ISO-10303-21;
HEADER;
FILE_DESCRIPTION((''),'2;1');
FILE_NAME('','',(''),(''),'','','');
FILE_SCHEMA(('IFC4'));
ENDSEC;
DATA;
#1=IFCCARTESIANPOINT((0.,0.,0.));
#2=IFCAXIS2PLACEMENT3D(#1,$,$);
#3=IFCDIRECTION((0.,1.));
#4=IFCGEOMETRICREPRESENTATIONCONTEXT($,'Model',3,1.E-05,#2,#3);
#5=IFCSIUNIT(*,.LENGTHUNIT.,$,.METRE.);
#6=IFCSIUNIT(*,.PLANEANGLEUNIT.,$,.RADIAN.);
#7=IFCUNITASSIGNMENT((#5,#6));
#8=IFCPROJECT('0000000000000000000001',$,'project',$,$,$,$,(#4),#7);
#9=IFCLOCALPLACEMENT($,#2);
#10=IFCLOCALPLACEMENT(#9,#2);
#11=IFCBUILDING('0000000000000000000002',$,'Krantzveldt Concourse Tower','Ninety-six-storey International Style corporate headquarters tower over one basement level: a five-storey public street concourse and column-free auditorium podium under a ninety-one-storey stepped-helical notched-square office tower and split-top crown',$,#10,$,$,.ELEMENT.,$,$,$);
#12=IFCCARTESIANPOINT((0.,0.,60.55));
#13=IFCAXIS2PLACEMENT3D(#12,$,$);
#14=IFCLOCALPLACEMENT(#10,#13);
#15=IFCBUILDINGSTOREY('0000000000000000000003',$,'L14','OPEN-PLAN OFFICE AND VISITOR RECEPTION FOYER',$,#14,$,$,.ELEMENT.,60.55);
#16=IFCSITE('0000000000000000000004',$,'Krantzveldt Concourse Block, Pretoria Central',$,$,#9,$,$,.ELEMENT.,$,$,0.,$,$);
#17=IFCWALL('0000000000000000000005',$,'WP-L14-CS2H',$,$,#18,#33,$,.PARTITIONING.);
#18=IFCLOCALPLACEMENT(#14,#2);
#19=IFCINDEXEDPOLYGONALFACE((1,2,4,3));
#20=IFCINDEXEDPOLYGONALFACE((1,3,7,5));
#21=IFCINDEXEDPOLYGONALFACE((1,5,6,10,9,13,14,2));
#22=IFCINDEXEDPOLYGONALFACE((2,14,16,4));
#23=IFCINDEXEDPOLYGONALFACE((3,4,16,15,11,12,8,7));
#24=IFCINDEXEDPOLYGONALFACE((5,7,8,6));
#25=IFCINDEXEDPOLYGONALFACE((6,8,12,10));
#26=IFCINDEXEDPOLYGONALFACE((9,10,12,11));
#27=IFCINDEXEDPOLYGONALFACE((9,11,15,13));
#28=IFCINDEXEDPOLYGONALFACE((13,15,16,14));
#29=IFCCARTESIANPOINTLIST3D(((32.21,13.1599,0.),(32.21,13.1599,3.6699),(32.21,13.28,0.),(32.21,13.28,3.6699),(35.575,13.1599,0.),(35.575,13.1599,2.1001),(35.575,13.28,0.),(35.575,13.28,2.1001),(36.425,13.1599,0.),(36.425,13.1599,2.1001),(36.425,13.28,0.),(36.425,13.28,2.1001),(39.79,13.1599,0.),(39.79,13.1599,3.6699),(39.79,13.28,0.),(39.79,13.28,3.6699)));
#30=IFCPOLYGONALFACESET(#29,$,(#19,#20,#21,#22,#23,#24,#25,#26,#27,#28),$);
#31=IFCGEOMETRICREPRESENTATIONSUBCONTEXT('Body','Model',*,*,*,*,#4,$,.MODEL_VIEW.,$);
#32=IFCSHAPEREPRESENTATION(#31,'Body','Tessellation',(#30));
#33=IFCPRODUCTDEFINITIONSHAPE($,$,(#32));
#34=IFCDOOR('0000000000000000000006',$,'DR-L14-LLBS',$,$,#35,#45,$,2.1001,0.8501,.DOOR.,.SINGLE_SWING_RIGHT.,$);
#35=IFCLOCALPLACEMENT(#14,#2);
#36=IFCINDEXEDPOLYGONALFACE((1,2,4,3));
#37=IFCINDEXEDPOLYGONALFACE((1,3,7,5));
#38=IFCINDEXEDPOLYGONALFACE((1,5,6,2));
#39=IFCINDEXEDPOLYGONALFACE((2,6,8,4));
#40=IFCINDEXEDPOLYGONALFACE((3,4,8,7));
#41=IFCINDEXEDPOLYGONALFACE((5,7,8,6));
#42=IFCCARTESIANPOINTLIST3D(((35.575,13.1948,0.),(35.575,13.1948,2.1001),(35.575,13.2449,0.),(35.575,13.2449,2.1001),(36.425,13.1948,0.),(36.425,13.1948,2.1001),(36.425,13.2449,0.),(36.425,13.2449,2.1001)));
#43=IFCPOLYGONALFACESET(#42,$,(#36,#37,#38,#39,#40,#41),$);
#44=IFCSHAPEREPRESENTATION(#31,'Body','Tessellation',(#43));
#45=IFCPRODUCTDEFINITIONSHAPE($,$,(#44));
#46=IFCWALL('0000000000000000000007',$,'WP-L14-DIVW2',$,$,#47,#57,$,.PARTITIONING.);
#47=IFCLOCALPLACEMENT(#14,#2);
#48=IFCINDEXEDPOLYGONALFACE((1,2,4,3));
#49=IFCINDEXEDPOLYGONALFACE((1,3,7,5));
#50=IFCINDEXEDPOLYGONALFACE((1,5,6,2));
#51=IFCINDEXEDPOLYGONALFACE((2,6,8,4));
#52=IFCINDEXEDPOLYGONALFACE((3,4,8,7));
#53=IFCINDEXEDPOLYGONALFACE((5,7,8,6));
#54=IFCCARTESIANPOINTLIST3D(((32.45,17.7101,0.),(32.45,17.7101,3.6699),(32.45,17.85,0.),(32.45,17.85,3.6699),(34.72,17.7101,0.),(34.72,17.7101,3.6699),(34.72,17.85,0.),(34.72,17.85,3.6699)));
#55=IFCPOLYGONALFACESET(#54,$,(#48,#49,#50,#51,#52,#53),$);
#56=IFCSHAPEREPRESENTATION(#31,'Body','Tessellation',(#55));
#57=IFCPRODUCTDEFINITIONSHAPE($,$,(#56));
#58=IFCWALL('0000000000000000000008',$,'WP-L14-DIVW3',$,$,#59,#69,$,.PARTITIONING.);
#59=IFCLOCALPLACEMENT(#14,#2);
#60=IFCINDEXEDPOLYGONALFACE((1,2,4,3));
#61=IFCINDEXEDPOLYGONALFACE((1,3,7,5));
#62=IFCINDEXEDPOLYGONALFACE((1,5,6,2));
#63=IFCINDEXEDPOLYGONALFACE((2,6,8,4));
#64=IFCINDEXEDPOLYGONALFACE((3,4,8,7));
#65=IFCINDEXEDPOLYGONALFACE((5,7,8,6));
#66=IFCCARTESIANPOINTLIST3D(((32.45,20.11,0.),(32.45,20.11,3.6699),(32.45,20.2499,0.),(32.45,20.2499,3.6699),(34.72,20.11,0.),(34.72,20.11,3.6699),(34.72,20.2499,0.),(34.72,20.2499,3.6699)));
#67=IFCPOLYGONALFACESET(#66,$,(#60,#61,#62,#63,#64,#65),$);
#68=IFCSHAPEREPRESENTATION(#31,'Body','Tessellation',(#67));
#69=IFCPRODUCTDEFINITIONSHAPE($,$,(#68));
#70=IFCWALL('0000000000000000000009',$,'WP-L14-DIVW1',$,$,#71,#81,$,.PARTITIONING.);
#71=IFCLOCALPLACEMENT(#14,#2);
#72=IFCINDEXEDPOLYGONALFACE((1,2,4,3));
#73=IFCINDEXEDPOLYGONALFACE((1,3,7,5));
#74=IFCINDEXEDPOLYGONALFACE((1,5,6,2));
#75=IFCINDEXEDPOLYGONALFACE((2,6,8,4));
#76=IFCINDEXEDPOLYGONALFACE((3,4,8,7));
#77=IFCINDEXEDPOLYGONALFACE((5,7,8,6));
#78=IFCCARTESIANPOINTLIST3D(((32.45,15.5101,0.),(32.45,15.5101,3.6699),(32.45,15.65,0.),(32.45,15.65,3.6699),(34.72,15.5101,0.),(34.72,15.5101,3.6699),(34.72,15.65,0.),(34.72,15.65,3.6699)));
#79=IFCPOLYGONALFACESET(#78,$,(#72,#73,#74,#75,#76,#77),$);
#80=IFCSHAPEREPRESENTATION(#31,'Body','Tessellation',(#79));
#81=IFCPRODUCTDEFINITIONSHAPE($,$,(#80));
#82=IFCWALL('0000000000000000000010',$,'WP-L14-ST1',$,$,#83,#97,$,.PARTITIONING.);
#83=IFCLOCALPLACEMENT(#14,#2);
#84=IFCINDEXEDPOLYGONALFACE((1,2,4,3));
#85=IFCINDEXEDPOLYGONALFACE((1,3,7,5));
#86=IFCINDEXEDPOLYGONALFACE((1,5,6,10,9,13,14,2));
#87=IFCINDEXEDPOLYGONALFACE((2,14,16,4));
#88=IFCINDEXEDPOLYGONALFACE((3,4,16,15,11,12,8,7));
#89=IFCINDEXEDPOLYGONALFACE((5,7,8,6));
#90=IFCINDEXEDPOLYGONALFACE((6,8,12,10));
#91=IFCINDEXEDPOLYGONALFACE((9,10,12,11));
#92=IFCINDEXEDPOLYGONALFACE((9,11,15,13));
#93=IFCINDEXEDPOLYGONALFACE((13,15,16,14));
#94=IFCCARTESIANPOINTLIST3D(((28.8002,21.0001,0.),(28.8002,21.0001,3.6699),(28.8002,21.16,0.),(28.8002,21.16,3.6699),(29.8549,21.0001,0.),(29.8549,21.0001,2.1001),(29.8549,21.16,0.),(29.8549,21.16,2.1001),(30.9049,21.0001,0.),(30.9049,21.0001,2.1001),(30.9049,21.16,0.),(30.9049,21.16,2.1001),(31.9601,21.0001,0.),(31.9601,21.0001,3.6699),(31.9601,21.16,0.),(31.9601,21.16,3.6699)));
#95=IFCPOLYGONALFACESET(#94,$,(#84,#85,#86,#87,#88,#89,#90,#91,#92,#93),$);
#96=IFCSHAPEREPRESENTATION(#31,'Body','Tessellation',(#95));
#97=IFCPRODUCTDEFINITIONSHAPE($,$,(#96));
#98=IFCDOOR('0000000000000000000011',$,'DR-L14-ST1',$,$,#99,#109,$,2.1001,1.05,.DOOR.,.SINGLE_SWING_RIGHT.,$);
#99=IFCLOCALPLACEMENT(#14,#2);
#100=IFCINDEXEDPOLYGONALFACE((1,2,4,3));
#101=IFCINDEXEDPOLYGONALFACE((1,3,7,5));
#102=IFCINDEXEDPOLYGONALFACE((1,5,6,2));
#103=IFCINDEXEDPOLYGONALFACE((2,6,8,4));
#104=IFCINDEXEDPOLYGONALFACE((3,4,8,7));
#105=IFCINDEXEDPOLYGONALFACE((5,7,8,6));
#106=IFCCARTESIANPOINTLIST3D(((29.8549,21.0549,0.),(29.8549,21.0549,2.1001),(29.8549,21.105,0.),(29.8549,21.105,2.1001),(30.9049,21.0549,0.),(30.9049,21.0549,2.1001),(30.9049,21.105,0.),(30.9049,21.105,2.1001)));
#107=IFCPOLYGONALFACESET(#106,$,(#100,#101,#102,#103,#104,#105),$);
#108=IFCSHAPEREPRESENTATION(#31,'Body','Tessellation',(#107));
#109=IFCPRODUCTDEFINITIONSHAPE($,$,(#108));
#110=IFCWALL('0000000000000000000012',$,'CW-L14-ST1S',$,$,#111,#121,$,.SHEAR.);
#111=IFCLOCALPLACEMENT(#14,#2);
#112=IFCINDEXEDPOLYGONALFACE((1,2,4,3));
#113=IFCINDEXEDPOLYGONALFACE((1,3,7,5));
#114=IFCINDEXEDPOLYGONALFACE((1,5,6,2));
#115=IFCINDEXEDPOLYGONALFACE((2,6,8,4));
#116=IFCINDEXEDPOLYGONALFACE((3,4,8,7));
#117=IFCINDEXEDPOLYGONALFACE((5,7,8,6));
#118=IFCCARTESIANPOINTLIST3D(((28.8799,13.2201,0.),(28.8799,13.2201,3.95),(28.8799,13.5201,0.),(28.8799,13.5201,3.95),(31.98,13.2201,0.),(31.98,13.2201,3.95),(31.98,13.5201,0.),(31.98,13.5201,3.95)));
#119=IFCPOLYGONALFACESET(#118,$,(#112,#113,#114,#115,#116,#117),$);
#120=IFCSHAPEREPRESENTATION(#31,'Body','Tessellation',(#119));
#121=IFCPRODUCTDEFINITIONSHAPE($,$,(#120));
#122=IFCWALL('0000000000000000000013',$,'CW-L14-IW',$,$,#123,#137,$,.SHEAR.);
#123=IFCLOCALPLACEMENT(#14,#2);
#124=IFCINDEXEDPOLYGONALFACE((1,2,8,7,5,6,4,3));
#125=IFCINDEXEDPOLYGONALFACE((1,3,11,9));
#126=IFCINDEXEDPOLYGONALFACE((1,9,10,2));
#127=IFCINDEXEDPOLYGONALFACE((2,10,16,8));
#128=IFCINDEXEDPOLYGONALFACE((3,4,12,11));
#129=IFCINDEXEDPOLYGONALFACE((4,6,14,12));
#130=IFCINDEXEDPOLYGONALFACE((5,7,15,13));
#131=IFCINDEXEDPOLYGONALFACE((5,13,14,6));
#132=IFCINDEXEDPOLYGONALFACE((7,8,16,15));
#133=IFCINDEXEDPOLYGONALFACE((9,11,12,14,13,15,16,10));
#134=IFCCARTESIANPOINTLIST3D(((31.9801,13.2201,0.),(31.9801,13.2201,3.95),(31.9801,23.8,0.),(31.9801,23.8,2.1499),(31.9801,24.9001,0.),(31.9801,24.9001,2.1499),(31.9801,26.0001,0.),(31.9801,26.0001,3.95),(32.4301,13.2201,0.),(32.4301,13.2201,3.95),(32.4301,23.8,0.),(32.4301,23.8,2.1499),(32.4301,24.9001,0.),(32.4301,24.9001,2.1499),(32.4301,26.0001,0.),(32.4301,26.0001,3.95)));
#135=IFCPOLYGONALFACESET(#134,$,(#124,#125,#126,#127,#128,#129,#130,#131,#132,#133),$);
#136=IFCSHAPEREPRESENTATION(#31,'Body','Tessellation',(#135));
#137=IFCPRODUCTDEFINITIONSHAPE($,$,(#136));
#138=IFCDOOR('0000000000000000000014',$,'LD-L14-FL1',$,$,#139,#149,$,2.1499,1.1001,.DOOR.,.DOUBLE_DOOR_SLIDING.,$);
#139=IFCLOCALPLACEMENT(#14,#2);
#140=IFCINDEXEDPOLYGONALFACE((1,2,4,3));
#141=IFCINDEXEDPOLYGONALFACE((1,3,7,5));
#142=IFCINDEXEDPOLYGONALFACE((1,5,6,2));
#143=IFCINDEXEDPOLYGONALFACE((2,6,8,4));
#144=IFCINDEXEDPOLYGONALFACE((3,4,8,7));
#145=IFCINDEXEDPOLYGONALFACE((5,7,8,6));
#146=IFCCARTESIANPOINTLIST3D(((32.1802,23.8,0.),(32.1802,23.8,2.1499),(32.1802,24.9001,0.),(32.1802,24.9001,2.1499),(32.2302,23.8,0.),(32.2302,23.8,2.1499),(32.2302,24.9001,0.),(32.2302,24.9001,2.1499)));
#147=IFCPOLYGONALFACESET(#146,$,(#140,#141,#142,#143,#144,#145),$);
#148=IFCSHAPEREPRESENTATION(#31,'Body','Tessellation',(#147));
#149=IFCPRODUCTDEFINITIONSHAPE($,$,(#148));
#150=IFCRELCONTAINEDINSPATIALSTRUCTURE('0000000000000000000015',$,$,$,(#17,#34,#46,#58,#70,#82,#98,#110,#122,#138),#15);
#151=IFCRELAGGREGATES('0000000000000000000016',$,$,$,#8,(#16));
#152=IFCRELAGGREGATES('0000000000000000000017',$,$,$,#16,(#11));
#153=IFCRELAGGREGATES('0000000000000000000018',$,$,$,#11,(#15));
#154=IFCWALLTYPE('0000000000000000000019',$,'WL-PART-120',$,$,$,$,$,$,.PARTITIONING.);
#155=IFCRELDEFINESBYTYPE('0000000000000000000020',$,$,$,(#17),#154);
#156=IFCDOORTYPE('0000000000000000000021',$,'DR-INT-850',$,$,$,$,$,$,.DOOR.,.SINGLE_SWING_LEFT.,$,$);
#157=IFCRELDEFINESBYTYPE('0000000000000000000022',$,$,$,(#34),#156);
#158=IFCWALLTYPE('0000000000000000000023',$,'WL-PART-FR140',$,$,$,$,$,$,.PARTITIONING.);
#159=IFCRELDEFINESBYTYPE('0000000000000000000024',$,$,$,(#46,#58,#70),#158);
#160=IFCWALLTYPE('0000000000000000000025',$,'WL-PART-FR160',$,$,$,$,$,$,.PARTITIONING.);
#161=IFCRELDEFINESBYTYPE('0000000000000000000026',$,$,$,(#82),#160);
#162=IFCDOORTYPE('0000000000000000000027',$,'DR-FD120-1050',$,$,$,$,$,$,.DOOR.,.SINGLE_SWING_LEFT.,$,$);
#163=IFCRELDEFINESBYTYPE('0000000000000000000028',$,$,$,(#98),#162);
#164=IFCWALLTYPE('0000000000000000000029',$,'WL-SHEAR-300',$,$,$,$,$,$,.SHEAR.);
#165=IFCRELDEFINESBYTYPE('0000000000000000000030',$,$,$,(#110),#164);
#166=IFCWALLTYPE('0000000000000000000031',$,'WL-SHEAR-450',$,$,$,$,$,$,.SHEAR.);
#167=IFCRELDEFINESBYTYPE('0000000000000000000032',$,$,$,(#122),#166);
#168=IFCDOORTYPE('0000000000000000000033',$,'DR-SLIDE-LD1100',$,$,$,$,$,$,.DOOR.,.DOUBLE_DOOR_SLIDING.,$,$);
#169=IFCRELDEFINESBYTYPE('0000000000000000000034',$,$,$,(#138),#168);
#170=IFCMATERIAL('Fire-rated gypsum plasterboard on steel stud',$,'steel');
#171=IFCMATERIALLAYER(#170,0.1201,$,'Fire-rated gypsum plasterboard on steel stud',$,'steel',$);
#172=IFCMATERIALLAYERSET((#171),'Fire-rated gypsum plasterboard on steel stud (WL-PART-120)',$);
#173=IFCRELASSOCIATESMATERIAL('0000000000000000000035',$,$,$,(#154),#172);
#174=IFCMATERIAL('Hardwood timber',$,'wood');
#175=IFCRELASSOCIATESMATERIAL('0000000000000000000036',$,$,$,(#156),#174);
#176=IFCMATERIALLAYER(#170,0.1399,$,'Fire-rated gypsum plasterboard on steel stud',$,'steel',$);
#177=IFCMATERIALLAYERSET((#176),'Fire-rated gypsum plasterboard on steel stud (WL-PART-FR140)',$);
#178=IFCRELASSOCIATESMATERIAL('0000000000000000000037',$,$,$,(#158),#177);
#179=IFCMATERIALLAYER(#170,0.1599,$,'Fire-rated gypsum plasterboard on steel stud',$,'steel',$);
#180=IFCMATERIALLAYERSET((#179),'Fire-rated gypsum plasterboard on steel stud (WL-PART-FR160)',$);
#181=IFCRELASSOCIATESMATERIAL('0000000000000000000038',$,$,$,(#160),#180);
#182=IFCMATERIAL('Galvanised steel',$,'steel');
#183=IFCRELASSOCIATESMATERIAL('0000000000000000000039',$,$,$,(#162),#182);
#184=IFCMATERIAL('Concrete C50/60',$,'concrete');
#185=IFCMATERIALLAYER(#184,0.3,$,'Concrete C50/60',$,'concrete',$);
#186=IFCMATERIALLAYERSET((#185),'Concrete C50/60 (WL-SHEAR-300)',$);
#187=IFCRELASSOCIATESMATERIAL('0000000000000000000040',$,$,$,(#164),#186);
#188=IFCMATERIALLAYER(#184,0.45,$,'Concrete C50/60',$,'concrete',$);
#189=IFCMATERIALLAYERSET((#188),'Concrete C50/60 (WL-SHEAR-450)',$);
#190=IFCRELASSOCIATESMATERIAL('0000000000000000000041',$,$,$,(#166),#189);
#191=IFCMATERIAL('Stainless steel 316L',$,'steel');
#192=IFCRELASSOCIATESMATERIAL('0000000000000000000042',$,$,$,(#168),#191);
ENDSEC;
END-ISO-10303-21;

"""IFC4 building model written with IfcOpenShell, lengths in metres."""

from ifc_helpers import new_model, si_unit, direction, frame, frame_2d, origin, place, context, subcontext, project, spatial, rectangle, extrude, material, layer, layer_set, type_object, element, fill, save


model = new_model("IFC4")

# Units and contexts
model_context = context("Model", 3, precision=1e-05, world=origin(), true_north=direction((0.0, 1.0)))
body_context = subcontext(model_context, "Body", "Model", "MODEL_VIEW")
ifc_project = project(units=[si_unit("LENGTHUNIT", "METRE"), si_unit("PLANEANGLEUNIT", "RADIAN")], contexts=[model_context])

# Site, building, storey
site_placement = place(None, origin())
site = spatial("IfcSite", under=ifc_project, at=site_placement, Name="Krantzveldt Concourse Block, Pretoria Central", CompositionType="ELEMENT", RefElevation=0.0)
building_placement = place(site_placement, origin())
building = spatial("IfcBuilding", under=site, at=building_placement, Name="Krantzveldt Concourse Tower", Description="Ninety-six-storey International Style corporate headquarters tower over one basement level: a five-storey public street concourse and column-free auditorium podium under a ninety-one-storey stepped-helical notched-square office tower and split-top crown", CompositionType="ELEMENT")
storey_placement = place(building_placement, frame((0.0, 0.0, 60.55)))
storey = spatial("IfcBuildingStorey", under=building, at=storey_placement, Name="L14", Description="OPEN-PLAN OFFICE AND VISITOR RECEPTION FOYER", CompositionType="ELEMENT", Elevation=60.55)

# Wall, opening, door
ifc_material_1 = material(Name="Fire-rated gypsum plasterboard on steel stud", Category="steel")
ifc_layer_1 = layer(ifc_material_1, 0.1201, Name="Fire-rated gypsum plasterboard on steel stud", Category="steel")
ifc_layer_set_1 = layer_set([ifc_layer_1], Name="Fire-rated gypsum plasterboard on steel stud (WL-PART-120)")
wall_type_1 = type_object("IfcWallType", Name="WL-PART-120", PredefinedType="PARTITIONING", material=ifc_layer_set_1)
wall_1_placement = place(storey_placement, frame((32.21, 13.22, 0.0), z_axis=(0.0, 0.0, 1.0), x_axis=(1.0, 0.0, 0.0)))
wall_1 = element("IfcWall", 1, at=wall_1_placement, inside=storey, type_object=wall_type_1, Name="WP-L14-CS2H", PredefinedType="PARTITIONING", context=body_context, shape_type="SweptSolid", body=[
    extrude(rectangle(XDim=7.5801, YDim=0.1201, at=frame_2d((3.79, 0.0))), origin(), (0.0, 0.0, 1.0), 3.6699),
])
opening_1_placement = place(wall_1_placement, frame((3.365, 0.0, 0.0)))
opening_1 = element("IfcOpeningElement", 2, at=opening_1_placement, cuts=wall_1, PredefinedType="OPENING", context=body_context, shape_type="SweptSolid", body=[
    extrude(rectangle(XDim=0.8501, YDim=2.1001, at=frame_2d((0.425, 1.05))), frame((0.0, 0.0701, 0.0), z_axis=(0.0, -1.0, 0.0), x_axis=(1.0, 0.0, 0.0)), (0.0, 0.0, 1.0), 0.1401),
])
ifc_material_2 = material(Name="Hardwood timber", Category="wood")
door_type_1 = type_object("IfcDoorType", Name="DR-INT-850", OperationType="SINGLE_SWING_LEFT", PredefinedType="DOOR", material=ifc_material_2)
door_1_placement = place(opening_1_placement, origin())
door_1 = element("IfcDoor", 3, at=door_1_placement, inside=storey, type_object=door_type_1, Name="DR-L14-LLBS", OperationType="SINGLE_SWING_RIGHT", OverallHeight=2.1001, OverallWidth=0.8501, PredefinedType="DOOR", context=body_context, shape_type="SweptSolid", body=[
    extrude(rectangle(XDim=0.8501, YDim=2.1001, at=frame_2d((0.425, 1.05))), frame((0.0, 0.0249, 0.0), z_axis=(0.0, -1.0, 0.0), x_axis=(1.0, 0.0, 0.0)), (0.0, 0.0, 1.0), 0.05),
])
fill(opening_1, door_1)

# Walls
ifc_layer_2 = layer(ifc_material_1, 0.1399, Name="Fire-rated gypsum plasterboard on steel stud", Category="steel")
ifc_layer_set_2 = layer_set([ifc_layer_2], Name="Fire-rated gypsum plasterboard on steel stud (WL-PART-FR140)")
wall_type_2 = type_object("IfcWallType", Name="WL-PART-FR140", PredefinedType="PARTITIONING", material=ifc_layer_set_2)
for number, where, z_axis, x_axis, name in (
    (4, (32.45, 17.78, 0.0), (0.0, 0.0, 1.0), (1.0, 0.0, 0.0), "WP-L14-DIVW2"),
    (5, (32.45, 20.1799, 0.0), (0.0, 0.0, 1.0), (1.0, 0.0, 0.0), "WP-L14-DIVW3"),
    (6, (32.45, 15.5801, 0.0), (0.0, 0.0, 1.0), (1.0, 0.0, 0.0), "WP-L14-DIVW1"),
):
    element("IfcWall", number, at=place(storey_placement, frame(where, z_axis=z_axis, x_axis=x_axis)), inside=storey, type_object=wall_type_2, Name=name, PredefinedType="PARTITIONING", context=body_context, shape_type="SweptSolid", body=[
        extrude(rectangle(XDim=2.27, YDim=0.1399, at=frame_2d((1.135, 0.0))), origin(), (0.0, 0.0, 1.0), 3.6699),
    ])

# Wall, opening, door
ifc_layer_3 = layer(ifc_material_1, 0.1599, Name="Fire-rated gypsum plasterboard on steel stud", Category="steel")
ifc_layer_set_3 = layer_set([ifc_layer_3], Name="Fire-rated gypsum plasterboard on steel stud (WL-PART-FR160)")
wall_type_3 = type_object("IfcWallType", Name="WL-PART-FR160", PredefinedType="PARTITIONING", material=ifc_layer_set_3)
wall_2_placement = place(storey_placement, frame((28.8, 21.0801, 0.0), z_axis=(0.0, 0.0, 1.0), x_axis=(1.0, 0.0, 0.0)))
wall_2 = element("IfcWall", 7, at=wall_2_placement, inside=storey, type_object=wall_type_3, Name="WP-L14-ST1", PredefinedType="PARTITIONING", context=body_context, shape_type="SweptSolid", body=[
    extrude(rectangle(XDim=3.1599, YDim=0.1599, at=frame_2d((1.5801, 0.0))), origin(), (0.0, 0.0, 1.0), 3.6699),
])
opening_2_placement = place(wall_2_placement, frame((1.0549, 0.0, 0.0)))
opening_2 = element("IfcOpeningElement", 8, at=opening_2_placement, cuts=wall_2, PredefinedType="OPENING", context=body_context, shape_type="SweptSolid", body=[
    extrude(rectangle(XDim=1.05, YDim=2.1001, at=frame_2d((0.5249, 1.05))), frame((0.0, 0.0898, 0.0), z_axis=(0.0, -1.0, 0.0), x_axis=(1.0, 0.0, 0.0)), (0.0, 0.0, 1.0), 0.1799),
])
ifc_material_3 = material(Name="Galvanised steel", Category="steel")
door_type_2 = type_object("IfcDoorType", Name="DR-FD120-1050", OperationType="SINGLE_SWING_LEFT", PredefinedType="DOOR", material=ifc_material_3)
door_2_placement = place(opening_2_placement, origin())
door_2 = element("IfcDoor", 9, at=door_2_placement, inside=storey, type_object=door_type_2, Name="DR-L14-ST1", OperationType="SINGLE_SWING_RIGHT", OverallHeight=2.1001, OverallWidth=1.05, PredefinedType="DOOR", context=body_context, shape_type="SweptSolid", body=[
    extrude(rectangle(XDim=1.05, YDim=2.1001, at=frame_2d((0.5249, 1.05))), frame((0.0, 0.0249, 0.0), z_axis=(0.0, -1.0, 0.0), x_axis=(1.0, 0.0, 0.0)), (0.0, 0.0, 1.0), 0.05),
])
fill(opening_2, door_2)

# Wall
ifc_material_4 = material(Name="Concrete C50/60", Category="concrete")
ifc_layer_4 = layer(ifc_material_4, 0.3, Name="Concrete C50/60", Category="concrete")
ifc_layer_set_4 = layer_set([ifc_layer_4], Name="Concrete C50/60 (WL-SHEAR-300)")
wall_type_4 = type_object("IfcWallType", Name="WL-SHEAR-300", PredefinedType="SHEAR", material=ifc_layer_set_4)
wall_3_placement = place(storey_placement, frame((28.8799, 13.3701, 0.0), z_axis=(0.0, 0.0, 1.0), x_axis=(1.0, 0.0, 0.0)))
element("IfcWall", 10, at=wall_3_placement, inside=storey, type_object=wall_type_4, Name="CW-L14-ST1S", PredefinedType="SHEAR", context=body_context, shape_type="SweptSolid", body=[
    extrude(rectangle(XDim=3.1001, YDim=0.3, at=frame_2d((1.55, 0.0))), origin(), (0.0, 0.0, 1.0), 3.95),
])

# Wall, opening, door
ifc_layer_5 = layer(ifc_material_4, 0.45, Name="Concrete C50/60", Category="concrete")
ifc_layer_set_5 = layer_set([ifc_layer_5], Name="Concrete C50/60 (WL-SHEAR-450)")
wall_type_5 = type_object("IfcWallType", Name="WL-SHEAR-450", PredefinedType="SHEAR", material=ifc_layer_set_5)
wall_4_placement = place(storey_placement, frame((32.2051, 13.22, 0.0), z_axis=(0.0, 0.0, 1.0), x_axis=(0.0, 1.0, 0.0)))
wall_4 = element("IfcWall", 11, at=wall_4_placement, inside=storey, type_object=wall_type_5, Name="CW-L14-IW", PredefinedType="SHEAR", context=body_context, shape_type="SweptSolid", body=[
    extrude(rectangle(XDim=12.78, YDim=0.45, at=frame_2d((6.3901, 0.0))), origin(), (0.0, 0.0, 1.0), 3.95),
])
opening_3_placement = place(wall_4_placement, frame((10.5801, 0.0, 0.0)))
opening_3 = element("IfcOpeningElement", 12, at=opening_3_placement, cuts=wall_4, PredefinedType="OPENING", context=body_context, shape_type="SweptSolid", body=[
    extrude(rectangle(XDim=1.1001, YDim=2.1499, at=frame_2d((0.55, 1.075))), frame((0.0, 0.2349, 0.0), z_axis=(0.0, -1.0, 0.0), x_axis=(1.0, 0.0, 0.0)), (0.0, 0.0, 1.0), 0.47),
])
ifc_material_5 = material(Name="Stainless steel 316L", Category="steel")
door_type_3 = type_object("IfcDoorType", Name="DR-SLIDE-LD1100", OperationType="DOUBLE_DOOR_SLIDING", PredefinedType="DOOR", material=ifc_material_5)
door_3_placement = place(opening_3_placement, origin())
door_3 = element("IfcDoor", 13, at=door_3_placement, inside=storey, type_object=door_type_3, Name="LD-L14-FL1", OperationType="DOUBLE_DOOR_SLIDING", OverallHeight=2.1499, OverallWidth=1.1001, PredefinedType="DOOR", context=body_context, shape_type="SweptSolid", body=[
    extrude(rectangle(XDim=1.1001, YDim=2.1499, at=frame_2d((0.55, 1.075))), frame((0.0, 0.0249, 0.0), z_axis=(0.0, -1.0, 0.0), x_axis=(1.0, 0.0, 0.0)), (0.0, 0.0, 1.0), 0.05),
])
fill(opening_3, door_3)

save(model, "model.ifc")
